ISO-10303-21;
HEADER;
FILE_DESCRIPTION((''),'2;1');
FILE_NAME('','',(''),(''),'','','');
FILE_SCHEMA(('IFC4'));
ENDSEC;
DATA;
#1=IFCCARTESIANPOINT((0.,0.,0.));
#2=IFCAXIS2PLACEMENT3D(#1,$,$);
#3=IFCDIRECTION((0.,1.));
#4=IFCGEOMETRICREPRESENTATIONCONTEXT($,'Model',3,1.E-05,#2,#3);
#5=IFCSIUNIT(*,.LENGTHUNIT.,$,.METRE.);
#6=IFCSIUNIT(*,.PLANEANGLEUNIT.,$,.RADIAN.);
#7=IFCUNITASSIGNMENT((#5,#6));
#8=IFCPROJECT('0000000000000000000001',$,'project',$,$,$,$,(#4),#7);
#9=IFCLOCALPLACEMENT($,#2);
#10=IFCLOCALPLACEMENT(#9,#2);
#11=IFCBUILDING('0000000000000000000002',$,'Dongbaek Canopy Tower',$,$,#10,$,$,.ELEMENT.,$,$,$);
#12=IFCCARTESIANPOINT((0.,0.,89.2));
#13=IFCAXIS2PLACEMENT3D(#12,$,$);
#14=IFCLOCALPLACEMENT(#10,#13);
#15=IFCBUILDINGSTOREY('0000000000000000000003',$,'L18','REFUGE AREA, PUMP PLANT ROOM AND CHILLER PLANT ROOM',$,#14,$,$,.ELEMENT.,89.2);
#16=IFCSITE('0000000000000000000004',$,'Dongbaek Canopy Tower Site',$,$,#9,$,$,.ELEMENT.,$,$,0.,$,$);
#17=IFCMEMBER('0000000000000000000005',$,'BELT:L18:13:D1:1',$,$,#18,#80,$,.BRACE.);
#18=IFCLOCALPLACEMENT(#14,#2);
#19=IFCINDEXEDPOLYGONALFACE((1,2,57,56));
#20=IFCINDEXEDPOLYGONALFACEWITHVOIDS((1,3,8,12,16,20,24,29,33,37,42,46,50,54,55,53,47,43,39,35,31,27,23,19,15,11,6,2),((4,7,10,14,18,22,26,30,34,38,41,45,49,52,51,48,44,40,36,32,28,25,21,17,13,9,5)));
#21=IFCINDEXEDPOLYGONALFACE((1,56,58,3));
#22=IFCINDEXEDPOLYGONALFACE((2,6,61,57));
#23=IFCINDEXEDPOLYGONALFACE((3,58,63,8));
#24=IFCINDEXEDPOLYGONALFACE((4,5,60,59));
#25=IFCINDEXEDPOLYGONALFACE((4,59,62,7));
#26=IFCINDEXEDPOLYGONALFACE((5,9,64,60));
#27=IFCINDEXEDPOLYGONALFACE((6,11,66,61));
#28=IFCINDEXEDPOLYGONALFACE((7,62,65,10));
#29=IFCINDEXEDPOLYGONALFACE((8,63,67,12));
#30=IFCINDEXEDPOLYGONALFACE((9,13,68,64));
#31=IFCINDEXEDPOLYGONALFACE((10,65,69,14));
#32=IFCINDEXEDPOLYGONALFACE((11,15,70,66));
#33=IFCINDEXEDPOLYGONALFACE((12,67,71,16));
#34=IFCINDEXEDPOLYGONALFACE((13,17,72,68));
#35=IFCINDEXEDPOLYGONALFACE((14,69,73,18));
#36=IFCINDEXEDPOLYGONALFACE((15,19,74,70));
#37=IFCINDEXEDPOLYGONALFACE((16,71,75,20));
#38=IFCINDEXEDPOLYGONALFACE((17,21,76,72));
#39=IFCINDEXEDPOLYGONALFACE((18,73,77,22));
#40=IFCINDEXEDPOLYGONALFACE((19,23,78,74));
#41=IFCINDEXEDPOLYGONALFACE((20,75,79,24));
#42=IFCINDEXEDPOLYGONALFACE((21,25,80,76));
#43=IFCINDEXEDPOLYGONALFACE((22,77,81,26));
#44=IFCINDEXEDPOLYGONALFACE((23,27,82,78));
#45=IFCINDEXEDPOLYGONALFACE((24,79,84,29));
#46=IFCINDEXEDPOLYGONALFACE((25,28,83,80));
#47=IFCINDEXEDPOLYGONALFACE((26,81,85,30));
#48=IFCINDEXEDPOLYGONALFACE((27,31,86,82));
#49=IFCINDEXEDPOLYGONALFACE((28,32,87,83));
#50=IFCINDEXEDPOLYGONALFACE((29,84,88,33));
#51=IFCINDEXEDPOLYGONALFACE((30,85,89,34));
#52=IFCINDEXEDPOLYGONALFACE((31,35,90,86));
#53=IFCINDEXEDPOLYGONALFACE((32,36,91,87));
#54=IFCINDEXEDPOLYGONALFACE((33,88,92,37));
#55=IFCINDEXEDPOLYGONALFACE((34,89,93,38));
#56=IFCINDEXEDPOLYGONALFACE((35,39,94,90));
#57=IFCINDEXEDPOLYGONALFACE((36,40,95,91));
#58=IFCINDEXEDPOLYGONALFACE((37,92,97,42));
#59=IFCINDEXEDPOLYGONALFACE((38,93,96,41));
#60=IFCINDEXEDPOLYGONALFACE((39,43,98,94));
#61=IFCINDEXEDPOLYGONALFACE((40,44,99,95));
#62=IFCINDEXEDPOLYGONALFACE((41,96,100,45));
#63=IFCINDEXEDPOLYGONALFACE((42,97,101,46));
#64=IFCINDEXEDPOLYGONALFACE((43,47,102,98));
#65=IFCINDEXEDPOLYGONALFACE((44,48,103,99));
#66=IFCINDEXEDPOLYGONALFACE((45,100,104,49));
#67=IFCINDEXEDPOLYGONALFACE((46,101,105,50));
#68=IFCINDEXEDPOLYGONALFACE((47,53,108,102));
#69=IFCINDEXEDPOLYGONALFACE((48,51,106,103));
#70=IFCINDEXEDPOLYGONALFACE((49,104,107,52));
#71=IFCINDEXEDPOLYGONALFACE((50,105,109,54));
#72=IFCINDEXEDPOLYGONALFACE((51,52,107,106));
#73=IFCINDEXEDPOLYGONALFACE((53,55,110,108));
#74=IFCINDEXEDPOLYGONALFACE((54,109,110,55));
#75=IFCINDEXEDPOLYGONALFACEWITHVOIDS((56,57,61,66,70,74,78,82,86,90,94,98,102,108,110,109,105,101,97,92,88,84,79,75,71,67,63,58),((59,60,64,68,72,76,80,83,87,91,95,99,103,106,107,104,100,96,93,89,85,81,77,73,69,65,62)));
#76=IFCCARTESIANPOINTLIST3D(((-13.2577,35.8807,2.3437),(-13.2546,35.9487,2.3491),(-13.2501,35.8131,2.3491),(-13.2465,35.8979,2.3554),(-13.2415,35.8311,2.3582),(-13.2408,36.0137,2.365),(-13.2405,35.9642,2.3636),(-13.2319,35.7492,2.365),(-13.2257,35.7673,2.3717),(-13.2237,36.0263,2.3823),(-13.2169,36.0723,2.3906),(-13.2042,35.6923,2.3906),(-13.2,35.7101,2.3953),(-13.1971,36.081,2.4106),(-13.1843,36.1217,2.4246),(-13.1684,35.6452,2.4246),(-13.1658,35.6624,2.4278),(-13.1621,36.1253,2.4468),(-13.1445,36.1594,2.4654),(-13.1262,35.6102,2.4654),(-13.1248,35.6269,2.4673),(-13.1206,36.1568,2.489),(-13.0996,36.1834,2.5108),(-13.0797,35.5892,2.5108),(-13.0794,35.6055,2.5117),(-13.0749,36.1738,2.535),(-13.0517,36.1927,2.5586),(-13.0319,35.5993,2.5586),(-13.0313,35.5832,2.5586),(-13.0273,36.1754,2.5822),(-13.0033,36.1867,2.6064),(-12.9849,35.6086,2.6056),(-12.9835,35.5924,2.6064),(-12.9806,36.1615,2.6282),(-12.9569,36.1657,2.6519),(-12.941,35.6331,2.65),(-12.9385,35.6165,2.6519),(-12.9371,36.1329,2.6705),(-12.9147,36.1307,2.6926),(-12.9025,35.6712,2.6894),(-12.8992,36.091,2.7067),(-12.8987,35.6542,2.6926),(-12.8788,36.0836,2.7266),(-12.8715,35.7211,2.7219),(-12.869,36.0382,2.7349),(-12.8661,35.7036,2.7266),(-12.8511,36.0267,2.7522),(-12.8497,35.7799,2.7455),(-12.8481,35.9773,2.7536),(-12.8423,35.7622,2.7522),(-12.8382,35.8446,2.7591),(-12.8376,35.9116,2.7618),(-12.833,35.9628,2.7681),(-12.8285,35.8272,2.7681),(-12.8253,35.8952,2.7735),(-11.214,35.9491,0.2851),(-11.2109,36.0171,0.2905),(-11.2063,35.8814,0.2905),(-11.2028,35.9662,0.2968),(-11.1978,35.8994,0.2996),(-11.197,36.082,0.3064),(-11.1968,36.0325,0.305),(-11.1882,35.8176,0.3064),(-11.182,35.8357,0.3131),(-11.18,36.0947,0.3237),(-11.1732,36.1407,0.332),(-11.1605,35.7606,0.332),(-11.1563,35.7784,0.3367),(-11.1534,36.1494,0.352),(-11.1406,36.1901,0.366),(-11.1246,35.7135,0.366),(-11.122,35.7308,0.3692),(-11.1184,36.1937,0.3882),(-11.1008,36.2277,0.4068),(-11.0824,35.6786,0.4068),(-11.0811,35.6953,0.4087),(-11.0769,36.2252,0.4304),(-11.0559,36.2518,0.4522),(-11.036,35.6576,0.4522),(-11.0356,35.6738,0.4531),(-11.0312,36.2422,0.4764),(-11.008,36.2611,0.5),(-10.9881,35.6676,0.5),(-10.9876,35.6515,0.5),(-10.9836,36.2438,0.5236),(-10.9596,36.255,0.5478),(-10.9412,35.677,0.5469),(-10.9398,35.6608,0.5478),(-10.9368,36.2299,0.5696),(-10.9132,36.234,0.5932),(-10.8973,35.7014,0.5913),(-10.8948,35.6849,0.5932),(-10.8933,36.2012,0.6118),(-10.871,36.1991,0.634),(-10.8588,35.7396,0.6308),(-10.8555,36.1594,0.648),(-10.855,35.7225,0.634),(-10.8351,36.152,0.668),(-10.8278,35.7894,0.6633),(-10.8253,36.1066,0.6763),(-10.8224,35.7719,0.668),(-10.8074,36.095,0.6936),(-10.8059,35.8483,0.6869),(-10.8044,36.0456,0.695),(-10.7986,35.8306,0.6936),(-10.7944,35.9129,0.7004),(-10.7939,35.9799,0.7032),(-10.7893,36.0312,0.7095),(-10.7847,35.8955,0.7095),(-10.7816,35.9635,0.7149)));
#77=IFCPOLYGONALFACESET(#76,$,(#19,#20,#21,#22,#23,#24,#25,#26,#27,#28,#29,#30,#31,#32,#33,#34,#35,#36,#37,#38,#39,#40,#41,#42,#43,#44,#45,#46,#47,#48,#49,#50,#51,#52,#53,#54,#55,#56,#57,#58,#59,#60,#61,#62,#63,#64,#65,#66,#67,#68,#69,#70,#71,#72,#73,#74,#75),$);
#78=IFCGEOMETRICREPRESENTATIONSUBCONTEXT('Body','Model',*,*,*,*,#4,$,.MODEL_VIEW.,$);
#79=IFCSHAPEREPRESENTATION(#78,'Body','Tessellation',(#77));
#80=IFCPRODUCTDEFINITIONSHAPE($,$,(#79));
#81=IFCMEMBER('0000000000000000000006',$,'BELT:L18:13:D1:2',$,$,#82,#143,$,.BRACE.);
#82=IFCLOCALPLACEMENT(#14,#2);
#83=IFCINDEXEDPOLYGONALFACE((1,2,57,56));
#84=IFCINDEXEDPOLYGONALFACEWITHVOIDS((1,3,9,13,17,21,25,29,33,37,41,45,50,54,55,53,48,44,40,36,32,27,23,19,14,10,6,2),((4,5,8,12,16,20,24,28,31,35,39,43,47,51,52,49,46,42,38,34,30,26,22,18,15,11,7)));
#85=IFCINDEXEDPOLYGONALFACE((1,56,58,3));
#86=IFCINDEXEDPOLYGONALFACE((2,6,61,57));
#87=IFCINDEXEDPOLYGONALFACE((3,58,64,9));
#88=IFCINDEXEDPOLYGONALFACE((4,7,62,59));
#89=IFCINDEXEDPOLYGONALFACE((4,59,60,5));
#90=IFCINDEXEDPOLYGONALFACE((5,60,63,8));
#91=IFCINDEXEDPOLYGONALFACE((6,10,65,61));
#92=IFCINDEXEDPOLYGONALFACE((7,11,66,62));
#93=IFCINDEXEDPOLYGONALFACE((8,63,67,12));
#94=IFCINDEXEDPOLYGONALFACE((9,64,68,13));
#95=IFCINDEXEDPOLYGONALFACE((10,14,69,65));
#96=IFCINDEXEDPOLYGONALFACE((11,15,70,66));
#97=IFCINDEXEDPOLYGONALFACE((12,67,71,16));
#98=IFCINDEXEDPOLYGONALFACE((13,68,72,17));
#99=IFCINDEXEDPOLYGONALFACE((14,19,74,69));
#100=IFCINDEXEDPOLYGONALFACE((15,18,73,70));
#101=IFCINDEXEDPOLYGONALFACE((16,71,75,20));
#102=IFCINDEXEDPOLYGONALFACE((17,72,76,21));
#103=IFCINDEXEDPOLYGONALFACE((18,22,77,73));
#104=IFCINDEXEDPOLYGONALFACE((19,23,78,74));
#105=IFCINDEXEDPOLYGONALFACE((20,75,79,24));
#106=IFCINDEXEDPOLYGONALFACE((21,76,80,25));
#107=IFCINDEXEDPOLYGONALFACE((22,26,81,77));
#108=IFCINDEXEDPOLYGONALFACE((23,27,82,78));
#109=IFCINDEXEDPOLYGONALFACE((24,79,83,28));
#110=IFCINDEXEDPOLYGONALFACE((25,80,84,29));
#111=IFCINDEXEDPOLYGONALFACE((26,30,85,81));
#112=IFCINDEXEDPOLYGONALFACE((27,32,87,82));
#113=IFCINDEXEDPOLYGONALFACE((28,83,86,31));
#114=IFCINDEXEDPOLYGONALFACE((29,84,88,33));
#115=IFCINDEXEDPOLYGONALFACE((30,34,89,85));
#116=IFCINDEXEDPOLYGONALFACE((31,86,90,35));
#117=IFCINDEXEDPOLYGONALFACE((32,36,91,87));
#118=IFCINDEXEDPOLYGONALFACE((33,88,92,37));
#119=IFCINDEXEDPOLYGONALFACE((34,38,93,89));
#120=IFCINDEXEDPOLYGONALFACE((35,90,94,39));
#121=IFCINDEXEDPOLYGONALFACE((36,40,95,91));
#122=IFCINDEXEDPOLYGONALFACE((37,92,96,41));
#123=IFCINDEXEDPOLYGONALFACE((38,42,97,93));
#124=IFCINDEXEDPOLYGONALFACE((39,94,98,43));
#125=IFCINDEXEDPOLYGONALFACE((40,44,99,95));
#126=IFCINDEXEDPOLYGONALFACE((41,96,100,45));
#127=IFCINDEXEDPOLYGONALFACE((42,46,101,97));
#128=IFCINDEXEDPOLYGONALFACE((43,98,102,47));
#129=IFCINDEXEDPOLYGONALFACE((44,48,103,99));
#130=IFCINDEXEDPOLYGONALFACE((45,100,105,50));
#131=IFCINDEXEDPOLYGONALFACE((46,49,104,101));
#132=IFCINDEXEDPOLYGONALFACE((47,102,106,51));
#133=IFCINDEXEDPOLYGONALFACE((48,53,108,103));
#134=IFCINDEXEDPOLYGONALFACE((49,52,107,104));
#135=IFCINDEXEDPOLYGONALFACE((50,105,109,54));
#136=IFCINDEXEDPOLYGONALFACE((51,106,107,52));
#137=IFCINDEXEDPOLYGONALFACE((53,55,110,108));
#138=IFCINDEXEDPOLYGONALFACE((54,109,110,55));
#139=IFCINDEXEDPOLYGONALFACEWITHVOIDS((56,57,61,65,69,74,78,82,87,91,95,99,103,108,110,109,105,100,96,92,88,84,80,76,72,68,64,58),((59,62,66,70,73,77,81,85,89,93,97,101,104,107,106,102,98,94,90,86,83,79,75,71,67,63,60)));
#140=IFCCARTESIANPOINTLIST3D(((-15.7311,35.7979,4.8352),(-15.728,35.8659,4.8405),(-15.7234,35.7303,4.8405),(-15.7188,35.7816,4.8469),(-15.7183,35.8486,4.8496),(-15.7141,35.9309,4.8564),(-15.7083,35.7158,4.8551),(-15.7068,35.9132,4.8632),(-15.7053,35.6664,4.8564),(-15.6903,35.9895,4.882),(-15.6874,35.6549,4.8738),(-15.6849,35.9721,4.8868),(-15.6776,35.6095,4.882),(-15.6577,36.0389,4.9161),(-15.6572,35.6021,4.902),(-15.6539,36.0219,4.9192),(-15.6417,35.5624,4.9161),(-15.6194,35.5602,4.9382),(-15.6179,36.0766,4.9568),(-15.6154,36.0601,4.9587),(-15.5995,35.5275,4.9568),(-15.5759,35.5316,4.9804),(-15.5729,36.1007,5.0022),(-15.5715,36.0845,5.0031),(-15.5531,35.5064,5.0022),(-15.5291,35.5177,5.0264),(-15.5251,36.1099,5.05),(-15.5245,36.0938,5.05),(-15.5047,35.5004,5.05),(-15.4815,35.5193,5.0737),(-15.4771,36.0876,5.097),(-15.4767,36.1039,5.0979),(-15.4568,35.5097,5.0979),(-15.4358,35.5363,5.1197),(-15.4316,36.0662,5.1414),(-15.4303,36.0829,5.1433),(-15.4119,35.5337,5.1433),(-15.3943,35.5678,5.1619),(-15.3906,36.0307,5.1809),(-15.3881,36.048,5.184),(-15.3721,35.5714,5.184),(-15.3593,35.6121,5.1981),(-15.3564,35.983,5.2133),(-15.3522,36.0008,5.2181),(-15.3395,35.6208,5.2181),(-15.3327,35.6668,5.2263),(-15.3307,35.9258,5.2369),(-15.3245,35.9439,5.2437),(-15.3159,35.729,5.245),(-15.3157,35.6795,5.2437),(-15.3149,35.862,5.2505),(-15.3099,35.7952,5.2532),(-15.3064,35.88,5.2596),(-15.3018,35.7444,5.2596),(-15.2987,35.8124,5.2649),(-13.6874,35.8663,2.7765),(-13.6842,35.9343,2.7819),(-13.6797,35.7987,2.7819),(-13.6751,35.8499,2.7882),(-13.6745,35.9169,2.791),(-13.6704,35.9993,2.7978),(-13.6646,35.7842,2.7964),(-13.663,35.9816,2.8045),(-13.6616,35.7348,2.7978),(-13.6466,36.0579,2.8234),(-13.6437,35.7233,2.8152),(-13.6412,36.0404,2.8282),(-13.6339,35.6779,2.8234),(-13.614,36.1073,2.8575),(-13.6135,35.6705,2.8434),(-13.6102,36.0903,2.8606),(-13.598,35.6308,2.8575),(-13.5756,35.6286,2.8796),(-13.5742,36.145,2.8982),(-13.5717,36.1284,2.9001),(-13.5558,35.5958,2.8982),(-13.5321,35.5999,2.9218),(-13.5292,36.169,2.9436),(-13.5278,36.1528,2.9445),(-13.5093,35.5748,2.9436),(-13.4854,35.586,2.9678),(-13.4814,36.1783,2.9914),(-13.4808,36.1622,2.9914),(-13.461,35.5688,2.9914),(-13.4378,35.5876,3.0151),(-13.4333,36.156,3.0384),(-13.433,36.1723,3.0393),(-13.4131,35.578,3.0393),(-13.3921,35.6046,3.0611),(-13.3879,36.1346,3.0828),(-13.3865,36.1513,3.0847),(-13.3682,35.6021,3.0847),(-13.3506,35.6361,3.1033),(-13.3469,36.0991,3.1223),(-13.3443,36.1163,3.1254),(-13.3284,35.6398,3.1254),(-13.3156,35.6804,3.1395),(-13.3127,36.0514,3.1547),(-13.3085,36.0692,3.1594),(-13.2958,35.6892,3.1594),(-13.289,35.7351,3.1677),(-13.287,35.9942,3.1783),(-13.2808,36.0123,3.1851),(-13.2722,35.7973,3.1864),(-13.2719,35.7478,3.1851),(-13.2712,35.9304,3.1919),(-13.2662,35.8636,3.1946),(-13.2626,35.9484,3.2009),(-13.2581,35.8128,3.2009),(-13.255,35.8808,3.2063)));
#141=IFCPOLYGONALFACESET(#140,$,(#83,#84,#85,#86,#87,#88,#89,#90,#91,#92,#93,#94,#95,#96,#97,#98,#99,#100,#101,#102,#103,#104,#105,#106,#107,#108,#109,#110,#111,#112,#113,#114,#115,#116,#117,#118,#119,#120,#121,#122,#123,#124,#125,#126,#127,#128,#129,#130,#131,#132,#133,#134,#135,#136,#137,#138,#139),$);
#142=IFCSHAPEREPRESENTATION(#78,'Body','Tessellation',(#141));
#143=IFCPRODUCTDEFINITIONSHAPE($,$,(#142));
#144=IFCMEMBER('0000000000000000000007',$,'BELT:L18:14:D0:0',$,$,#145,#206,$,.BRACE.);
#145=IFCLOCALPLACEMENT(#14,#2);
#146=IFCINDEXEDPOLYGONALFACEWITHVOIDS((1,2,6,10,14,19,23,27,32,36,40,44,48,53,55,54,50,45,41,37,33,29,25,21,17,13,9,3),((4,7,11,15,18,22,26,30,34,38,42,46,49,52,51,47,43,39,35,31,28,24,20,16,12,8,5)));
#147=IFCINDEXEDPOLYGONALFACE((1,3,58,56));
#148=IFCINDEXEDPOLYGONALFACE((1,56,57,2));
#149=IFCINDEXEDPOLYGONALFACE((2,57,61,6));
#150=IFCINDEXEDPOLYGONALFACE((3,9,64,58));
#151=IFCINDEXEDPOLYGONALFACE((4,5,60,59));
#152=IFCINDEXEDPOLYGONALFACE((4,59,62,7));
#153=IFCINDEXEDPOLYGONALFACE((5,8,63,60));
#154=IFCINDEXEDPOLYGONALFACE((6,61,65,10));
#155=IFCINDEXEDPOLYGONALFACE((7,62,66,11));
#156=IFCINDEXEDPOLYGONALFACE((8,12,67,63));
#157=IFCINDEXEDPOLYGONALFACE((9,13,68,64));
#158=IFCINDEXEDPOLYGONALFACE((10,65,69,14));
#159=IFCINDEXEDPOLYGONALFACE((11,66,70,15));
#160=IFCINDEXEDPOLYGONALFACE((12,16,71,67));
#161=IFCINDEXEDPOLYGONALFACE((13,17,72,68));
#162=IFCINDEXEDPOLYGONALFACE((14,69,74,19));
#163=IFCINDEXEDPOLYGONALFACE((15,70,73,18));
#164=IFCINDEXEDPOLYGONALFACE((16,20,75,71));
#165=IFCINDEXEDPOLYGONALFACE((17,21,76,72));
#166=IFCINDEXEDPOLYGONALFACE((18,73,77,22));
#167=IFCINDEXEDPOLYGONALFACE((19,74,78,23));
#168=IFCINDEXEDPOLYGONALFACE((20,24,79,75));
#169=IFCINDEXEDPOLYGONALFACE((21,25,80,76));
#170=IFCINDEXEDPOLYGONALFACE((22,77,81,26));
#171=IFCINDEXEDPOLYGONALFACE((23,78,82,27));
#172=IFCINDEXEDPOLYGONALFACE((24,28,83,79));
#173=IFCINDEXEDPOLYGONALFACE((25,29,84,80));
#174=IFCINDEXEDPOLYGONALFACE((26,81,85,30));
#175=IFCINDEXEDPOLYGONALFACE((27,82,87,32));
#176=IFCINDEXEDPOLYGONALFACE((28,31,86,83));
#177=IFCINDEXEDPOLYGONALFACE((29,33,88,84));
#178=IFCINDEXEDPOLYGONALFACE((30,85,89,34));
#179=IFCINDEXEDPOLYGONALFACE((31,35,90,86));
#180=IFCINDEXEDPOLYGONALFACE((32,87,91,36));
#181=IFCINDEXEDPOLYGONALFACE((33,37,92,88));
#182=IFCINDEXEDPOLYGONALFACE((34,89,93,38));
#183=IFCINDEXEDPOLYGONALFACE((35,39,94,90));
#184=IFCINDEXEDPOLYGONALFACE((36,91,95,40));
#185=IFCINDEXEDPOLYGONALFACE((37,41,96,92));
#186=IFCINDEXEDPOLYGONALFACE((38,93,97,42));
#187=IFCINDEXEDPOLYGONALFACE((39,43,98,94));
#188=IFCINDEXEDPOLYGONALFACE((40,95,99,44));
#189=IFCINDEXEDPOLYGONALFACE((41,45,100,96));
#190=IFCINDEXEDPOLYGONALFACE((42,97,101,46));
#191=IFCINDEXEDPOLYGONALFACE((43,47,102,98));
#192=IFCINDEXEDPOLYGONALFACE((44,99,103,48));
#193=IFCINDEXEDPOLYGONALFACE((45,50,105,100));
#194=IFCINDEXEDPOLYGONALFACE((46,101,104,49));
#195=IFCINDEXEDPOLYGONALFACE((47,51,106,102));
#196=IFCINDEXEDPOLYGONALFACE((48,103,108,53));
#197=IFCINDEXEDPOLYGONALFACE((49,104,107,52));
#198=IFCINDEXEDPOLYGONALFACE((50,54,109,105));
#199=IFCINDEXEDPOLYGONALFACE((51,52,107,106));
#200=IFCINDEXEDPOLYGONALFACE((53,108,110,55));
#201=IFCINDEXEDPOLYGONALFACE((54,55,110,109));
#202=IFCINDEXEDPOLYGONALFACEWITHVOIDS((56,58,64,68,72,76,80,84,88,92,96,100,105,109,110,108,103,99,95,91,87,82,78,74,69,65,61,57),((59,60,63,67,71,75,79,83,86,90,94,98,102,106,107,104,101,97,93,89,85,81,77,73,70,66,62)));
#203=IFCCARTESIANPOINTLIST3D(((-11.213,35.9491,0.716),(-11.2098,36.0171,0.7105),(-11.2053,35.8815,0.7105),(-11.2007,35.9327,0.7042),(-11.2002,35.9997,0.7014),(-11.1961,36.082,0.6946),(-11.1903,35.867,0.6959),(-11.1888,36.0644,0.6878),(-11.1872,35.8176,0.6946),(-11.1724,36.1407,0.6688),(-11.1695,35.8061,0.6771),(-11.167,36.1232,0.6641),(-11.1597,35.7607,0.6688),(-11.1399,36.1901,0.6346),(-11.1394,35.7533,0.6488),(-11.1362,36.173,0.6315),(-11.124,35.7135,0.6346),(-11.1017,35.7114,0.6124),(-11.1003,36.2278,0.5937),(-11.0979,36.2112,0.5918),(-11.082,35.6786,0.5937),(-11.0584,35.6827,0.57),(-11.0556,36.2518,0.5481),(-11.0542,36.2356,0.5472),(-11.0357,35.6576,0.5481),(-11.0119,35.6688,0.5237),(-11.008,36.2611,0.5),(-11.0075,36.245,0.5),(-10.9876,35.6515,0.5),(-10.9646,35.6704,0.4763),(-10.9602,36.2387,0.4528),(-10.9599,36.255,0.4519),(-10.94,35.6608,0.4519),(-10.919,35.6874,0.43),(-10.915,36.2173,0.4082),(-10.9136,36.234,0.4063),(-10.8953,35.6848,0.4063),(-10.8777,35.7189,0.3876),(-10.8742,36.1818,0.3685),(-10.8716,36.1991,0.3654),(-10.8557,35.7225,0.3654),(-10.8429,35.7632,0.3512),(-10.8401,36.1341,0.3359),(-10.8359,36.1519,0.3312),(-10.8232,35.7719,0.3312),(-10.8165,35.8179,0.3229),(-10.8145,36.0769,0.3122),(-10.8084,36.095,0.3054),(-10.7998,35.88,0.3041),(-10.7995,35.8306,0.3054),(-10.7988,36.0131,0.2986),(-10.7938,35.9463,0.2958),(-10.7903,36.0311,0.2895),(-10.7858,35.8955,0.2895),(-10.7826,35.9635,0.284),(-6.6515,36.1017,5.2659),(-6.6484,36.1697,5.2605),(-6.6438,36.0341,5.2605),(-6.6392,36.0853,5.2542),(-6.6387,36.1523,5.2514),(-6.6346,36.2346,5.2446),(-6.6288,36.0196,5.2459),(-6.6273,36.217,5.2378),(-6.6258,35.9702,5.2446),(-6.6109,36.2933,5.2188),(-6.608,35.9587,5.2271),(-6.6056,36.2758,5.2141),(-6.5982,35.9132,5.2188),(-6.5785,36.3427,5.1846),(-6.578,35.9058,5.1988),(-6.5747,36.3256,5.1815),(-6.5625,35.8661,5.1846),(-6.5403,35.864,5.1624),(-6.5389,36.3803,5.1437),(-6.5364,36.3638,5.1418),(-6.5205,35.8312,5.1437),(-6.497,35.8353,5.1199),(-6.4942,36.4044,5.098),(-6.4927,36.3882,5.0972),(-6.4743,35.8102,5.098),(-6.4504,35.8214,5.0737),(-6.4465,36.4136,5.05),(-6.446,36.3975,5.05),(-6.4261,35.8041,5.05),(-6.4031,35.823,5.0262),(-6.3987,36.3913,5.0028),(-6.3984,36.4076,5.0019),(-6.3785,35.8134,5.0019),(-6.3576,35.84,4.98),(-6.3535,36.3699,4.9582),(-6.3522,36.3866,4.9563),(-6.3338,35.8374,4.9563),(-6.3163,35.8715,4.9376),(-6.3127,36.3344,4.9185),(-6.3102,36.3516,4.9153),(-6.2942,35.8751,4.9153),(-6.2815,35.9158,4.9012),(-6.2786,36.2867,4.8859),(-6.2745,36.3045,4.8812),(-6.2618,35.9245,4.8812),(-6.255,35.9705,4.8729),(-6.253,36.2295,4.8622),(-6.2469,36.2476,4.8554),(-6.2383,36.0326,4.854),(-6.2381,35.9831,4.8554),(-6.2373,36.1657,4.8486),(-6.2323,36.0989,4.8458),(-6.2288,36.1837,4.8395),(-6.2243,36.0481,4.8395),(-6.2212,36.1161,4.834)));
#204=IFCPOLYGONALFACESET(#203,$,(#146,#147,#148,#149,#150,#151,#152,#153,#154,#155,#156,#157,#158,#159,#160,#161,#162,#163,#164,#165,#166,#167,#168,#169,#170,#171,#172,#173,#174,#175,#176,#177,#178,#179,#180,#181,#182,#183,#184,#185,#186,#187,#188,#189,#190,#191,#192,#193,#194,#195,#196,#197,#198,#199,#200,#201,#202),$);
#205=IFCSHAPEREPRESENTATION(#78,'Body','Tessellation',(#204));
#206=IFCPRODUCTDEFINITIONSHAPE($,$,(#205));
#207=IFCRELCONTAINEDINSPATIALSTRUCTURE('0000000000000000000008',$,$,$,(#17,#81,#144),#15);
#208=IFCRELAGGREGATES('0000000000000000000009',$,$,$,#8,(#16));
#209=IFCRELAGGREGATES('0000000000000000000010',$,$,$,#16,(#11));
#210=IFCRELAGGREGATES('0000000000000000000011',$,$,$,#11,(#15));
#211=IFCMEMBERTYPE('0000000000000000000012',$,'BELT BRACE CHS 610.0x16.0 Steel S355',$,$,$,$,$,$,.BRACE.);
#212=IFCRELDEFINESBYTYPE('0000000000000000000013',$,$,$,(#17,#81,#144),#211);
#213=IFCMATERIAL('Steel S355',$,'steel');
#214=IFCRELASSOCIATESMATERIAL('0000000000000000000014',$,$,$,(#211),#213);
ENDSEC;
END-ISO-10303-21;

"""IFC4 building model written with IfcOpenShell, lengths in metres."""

from ifc_helpers import new_model, si_unit, direction, frame, origin, origin_2d, place, context, subcontext, project, spatial, hollow_circle, extrude, material, material_profile, profile_set, type_object, element, save


model = new_model("IFC4")

# Units and contexts
model_context = context("Model", 3, precision=1e-05, world=origin(), true_north=direction((0.0, 1.0)))
body_context = subcontext(model_context, "Body", "Model", "MODEL_VIEW")
ifc_project = project(units=[si_unit("LENGTHUNIT", "METRE"), si_unit("PLANEANGLEUNIT", "RADIAN")], contexts=[model_context])

# Site, building, storey
site_placement = place(None, origin())
site = spatial("IfcSite", under=ifc_project, at=site_placement, Name="Dongbaek Canopy Tower Site", CompositionType="ELEMENT", RefElevation=0.0)
building_placement = place(site_placement, origin())
building = spatial("IfcBuilding", under=site, at=building_placement, Name="Dongbaek Canopy Tower", CompositionType="ELEMENT")
storey_placement = place(building_placement, frame((0.0, 0.0, 89.2)))
storey = spatial("IfcBuildingStorey", under=building, at=storey_placement, Name="L18", Description="REFUGE AREA, PUMP PLANT ROOM AND CHILLER PLANT ROOM", CompositionType="ELEMENT", Elevation=89.2)

# Members
ifc_material_1 = material(Name="Steel S355", Category="steel")
ifc_material_profile_1 = material_profile(ifc_material_1, hollow_circle(Radius=0.3049, WallThickness=0.0161, at=origin_2d()), Name="BELT BRACE CHS 610.0x16.0 Steel S355")
ifc_profile_set_1 = profile_set([ifc_material_profile_1], Name="Steel S355")
member_type_1 = type_object("IfcMemberType", Name="BELT BRACE CHS 610.0x16.0 Steel S355", PredefinedType="BRACE", material=ifc_profile_set_1)
for number, where, z_axis, x_axis, name in (
    (1, (-10.9978, 35.9563, 0.5), (-0.70434, -0.023559, 0.709472), (0.03343, -0.999441, 0.0), "BELT:L18:13:D1:1"),
    (2, (-15.5149, 35.8052, 5.05), (0.70434, 0.023559, -0.709472), (-0.03343, 0.999441, 0.0), "BELT:L18:13:D1:2"),
):
    element("IfcMember", number, at=place(storey_placement, frame(where, z_axis=z_axis, x_axis=x_axis)), inside=storey, type_object=member_type_1, Name=name, PredefinedType="BRACE", context=body_context, shape_type="SweptSolid", body=[
        extrude(hollow_circle(Radius=0.3049, WallThickness=0.0161, at=origin_2d()), origin(), (0.0, 0.0, 1.0), 2.9016),
    ])
member_1_placement = place(storey_placement, frame((-10.9978, 35.9563, 0.5), z_axis=(0.707798, 0.023677, 0.706018), x_axis=(-0.033432, 0.999441, 0.0)))
element("IfcMember", 3, at=member_1_placement, inside=storey, type_object=member_type_1, Name="BELT:L18:14:D0:0", PredefinedType="BRACE", context=body_context, shape_type="SweptSolid", body=[
    extrude(hollow_circle(Radius=0.3049, WallThickness=0.0161, at=origin_2d()), origin(), (0.0, 0.0, 1.0), 6.4446),
])

save(model, "model.ifc")
